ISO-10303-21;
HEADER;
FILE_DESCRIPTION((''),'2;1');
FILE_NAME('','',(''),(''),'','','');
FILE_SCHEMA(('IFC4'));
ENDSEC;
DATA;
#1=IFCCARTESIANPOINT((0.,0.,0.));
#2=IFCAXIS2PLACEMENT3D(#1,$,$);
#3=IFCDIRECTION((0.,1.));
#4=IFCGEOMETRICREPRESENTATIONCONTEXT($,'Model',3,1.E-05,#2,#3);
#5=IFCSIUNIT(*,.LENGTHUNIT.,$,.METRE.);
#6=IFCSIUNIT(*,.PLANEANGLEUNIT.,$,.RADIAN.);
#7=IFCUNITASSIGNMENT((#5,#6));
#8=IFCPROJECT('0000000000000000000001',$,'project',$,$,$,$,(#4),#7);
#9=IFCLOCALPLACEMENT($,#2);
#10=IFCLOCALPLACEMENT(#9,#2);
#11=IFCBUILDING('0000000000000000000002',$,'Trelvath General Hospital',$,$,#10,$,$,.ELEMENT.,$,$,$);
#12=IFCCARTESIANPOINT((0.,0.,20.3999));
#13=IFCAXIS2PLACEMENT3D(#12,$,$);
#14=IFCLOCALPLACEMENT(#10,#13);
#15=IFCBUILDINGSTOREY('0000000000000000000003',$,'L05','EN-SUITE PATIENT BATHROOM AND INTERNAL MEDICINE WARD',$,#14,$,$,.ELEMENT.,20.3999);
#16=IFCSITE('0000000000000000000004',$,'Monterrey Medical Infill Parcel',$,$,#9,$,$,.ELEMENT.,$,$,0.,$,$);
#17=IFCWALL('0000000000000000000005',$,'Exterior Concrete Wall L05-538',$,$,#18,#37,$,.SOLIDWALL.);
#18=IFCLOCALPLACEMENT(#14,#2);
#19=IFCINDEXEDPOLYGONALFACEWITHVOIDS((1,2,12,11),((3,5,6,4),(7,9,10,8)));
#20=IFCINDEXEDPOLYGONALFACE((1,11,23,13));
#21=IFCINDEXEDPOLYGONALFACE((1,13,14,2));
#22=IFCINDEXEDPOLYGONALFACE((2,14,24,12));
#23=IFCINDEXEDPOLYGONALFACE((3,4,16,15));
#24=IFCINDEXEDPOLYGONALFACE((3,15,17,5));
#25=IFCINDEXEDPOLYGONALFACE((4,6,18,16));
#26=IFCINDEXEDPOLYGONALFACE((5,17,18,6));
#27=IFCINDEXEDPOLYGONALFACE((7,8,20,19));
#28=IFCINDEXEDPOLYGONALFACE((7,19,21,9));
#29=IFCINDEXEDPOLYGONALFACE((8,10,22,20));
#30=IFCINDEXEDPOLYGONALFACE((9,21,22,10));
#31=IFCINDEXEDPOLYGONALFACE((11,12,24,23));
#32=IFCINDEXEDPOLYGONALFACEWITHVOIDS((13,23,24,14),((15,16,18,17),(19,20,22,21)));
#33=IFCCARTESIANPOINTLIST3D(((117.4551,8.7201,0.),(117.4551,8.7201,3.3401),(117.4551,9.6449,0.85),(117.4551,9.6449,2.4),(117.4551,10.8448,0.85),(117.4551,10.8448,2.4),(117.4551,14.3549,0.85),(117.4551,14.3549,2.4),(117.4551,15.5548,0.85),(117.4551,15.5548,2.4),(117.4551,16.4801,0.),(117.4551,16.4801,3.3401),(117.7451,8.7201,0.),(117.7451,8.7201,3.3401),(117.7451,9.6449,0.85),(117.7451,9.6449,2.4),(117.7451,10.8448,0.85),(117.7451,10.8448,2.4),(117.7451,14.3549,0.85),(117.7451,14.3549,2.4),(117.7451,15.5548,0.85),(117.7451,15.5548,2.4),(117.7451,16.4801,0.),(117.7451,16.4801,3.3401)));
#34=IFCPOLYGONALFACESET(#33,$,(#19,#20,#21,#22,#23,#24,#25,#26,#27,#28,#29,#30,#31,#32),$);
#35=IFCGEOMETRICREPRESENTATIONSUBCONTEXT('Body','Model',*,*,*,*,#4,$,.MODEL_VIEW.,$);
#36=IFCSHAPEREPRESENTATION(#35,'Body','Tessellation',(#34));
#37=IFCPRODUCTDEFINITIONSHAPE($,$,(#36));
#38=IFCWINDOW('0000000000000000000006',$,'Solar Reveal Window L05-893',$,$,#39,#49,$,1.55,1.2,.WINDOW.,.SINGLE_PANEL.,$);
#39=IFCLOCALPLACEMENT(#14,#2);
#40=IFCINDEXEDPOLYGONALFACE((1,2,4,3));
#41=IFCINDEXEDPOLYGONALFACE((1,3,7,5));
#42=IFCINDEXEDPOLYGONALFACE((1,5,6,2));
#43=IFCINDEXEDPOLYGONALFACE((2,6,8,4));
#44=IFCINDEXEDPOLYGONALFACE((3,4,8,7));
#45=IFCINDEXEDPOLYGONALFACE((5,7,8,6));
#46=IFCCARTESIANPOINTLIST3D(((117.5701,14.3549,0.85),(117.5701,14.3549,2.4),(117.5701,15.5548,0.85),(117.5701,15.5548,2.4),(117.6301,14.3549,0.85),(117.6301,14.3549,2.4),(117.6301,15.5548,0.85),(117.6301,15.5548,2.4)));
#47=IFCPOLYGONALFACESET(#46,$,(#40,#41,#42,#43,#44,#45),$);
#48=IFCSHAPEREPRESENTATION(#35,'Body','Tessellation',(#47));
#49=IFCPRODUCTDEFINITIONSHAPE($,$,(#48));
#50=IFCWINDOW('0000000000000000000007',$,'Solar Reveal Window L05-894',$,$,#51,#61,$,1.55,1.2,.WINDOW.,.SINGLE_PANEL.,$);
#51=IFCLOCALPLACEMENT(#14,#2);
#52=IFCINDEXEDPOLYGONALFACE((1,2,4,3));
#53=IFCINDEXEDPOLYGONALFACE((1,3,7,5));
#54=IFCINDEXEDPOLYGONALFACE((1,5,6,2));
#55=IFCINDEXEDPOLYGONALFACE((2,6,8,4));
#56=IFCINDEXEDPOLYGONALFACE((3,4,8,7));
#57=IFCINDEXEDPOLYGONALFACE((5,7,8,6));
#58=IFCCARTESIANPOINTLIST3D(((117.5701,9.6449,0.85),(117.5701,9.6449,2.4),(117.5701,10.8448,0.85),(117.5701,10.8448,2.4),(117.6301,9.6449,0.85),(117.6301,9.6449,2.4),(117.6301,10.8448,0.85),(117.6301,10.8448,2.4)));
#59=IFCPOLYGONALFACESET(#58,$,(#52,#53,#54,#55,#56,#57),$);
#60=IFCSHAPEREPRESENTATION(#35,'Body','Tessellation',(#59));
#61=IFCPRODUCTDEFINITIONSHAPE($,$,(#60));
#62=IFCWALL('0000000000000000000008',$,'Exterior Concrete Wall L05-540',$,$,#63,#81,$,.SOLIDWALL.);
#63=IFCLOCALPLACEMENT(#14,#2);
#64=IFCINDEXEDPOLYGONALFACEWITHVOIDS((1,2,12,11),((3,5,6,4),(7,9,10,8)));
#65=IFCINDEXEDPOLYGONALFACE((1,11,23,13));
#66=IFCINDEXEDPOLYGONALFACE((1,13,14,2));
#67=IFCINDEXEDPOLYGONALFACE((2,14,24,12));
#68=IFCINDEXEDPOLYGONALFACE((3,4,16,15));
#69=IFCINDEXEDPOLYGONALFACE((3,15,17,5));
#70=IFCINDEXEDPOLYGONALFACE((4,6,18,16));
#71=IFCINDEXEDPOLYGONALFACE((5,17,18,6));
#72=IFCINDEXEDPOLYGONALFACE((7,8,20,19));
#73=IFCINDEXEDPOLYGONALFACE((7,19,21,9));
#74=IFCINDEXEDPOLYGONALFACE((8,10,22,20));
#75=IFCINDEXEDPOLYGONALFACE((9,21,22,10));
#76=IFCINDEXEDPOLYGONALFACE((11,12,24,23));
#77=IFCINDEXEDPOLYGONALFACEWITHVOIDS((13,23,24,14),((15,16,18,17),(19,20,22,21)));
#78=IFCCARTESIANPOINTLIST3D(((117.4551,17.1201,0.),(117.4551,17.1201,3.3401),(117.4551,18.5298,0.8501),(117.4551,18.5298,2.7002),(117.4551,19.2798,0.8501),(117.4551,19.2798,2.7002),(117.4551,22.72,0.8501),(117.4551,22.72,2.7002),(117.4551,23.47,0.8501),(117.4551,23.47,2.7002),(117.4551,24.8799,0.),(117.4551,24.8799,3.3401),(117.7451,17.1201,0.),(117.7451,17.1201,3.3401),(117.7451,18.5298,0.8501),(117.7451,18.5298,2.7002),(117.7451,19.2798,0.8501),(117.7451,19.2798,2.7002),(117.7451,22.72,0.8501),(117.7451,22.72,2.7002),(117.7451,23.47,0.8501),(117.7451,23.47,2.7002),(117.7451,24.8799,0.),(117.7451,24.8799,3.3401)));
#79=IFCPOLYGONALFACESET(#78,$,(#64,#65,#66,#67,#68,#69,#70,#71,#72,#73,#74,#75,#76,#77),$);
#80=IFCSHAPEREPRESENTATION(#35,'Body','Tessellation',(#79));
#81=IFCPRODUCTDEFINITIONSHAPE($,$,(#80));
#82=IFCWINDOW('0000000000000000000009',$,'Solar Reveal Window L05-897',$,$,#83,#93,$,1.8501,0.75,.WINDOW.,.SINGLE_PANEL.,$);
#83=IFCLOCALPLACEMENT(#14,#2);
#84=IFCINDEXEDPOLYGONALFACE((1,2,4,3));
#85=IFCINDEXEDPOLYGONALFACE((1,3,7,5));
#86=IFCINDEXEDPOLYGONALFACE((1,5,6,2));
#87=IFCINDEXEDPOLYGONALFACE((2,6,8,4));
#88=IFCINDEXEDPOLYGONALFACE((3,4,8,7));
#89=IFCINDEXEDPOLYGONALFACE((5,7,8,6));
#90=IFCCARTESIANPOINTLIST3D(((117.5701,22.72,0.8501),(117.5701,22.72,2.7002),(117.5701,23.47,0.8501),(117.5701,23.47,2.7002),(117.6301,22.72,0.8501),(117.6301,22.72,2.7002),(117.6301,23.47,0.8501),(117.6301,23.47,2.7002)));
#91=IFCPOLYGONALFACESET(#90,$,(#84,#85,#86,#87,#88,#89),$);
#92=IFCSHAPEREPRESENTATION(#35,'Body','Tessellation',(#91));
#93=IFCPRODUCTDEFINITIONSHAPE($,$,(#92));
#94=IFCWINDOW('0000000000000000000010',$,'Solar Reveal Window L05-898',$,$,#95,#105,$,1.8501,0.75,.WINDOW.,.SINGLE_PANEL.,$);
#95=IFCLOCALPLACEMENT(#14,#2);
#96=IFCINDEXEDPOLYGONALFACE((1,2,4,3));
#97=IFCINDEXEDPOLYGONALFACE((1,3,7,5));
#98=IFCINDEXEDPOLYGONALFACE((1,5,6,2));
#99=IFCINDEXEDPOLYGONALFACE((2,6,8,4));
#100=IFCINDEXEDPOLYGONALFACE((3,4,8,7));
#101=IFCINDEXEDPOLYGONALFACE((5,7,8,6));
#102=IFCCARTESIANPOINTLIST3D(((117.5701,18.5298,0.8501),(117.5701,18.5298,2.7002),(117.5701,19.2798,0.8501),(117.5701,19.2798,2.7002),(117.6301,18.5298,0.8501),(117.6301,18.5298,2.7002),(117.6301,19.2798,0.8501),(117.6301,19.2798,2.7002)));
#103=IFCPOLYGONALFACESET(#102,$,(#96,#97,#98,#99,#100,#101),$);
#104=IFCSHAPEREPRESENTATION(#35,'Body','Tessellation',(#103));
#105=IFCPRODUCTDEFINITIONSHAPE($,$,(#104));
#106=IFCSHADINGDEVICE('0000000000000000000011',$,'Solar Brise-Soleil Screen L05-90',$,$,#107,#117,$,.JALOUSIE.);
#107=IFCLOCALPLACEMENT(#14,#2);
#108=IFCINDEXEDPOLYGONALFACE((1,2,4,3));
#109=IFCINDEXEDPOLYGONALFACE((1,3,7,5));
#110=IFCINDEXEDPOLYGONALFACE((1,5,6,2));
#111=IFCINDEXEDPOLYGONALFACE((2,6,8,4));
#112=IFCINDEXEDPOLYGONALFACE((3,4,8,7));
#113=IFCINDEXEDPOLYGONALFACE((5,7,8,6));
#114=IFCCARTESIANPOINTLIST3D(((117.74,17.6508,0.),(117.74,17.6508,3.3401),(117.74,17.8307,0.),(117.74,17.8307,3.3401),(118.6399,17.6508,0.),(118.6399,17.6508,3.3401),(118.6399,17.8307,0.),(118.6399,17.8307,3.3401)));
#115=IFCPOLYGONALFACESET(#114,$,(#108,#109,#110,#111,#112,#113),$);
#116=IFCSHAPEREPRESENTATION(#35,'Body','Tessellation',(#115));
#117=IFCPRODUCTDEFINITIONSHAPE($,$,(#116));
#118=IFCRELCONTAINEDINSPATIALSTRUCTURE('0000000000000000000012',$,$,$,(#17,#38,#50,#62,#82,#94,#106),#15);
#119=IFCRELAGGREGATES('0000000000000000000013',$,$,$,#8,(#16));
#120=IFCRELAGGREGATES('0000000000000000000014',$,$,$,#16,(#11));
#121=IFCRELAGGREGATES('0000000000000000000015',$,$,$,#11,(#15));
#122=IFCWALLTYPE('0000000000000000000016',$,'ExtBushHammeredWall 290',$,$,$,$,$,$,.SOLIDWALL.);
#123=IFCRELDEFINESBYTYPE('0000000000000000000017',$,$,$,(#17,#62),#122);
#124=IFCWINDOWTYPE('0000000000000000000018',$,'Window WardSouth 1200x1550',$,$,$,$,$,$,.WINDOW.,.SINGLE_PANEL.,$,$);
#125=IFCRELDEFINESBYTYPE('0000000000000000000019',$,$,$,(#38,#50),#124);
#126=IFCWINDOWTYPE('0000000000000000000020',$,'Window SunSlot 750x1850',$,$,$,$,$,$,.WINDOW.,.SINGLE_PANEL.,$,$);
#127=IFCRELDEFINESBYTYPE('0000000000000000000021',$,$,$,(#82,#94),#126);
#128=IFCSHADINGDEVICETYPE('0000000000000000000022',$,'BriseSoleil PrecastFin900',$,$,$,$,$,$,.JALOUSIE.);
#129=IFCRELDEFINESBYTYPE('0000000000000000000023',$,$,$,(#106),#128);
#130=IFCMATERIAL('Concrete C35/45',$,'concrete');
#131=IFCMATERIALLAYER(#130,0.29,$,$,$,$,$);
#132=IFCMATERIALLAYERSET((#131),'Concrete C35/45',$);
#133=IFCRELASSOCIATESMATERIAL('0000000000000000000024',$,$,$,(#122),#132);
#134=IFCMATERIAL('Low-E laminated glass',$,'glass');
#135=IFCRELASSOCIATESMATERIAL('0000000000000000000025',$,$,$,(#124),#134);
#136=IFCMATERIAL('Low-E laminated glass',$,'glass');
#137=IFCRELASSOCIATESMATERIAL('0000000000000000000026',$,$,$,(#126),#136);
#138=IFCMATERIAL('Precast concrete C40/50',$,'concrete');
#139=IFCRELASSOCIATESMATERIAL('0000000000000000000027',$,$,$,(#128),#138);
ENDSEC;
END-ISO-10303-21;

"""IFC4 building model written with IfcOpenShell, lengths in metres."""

from ifc_helpers import new_model, si_unit, direction, frame, frame_2d, origin, origin_2d, place, context, subcontext, project, spatial, rectangle, extrude, material, layer, layer_set, type_object, element, fill, save


model = new_model("IFC4")

# Units and contexts
model_context = context("Model", 3, precision=1e-05, world=origin(), true_north=direction((0.0, 1.0)))
body_context = subcontext(model_context, "Body", "Model", "MODEL_VIEW")
ifc_project = project(units=[si_unit("LENGTHUNIT", "METRE"), si_unit("PLANEANGLEUNIT", "RADIAN")], contexts=[model_context])

# Site, building, storey
site_placement = place(None, origin())
site = spatial("IfcSite", under=ifc_project, at=site_placement, Name="Monterrey Medical Infill Parcel", CompositionType="ELEMENT", RefElevation=0.0)
building_placement = place(site_placement, origin())
building = spatial("IfcBuilding", under=site, at=building_placement, Name="Trelvath General Hospital", CompositionType="ELEMENT")
storey_placement = place(building_placement, frame((0.0, 0.0, 20.3999)))
storey = spatial("IfcBuildingStorey", under=building, at=storey_placement, Name="L05", Description="EN-SUITE PATIENT BATHROOM AND INTERNAL MEDICINE WARD", CompositionType="ELEMENT", Elevation=20.3999)

# Walls, openings, windows
ifc_material_1 = material(Name="Concrete C35/45", Category="concrete")
ifc_layer_1 = layer(ifc_material_1, 0.29)
ifc_layer_set_1 = layer_set([ifc_layer_1], Name="Concrete C35/45")
wall_type_1 = type_object("IfcWallType", Name="ExtBushHammeredWall 290", PredefinedType="SOLIDWALL", material=ifc_layer_set_1)
wall_1_placement = place(storey_placement, frame((117.6001, 16.48, 0.0), z_axis=(0.0, 0.0, 1.0), x_axis=(0.0, -1.0, 0.0)))
wall_1 = element("IfcWall", 1, at=wall_1_placement, inside=storey, type_object=wall_type_1, Name="Exterior Concrete Wall L05-538", PredefinedType="SOLIDWALL", context=body_context, shape_type="SweptSolid", body=[
    extrude(rectangle(XDim=7.76, YDim=0.29, at=frame_2d((3.8799, 0.0))), origin(), (0.0, 0.0, 1.0), 3.3401),
])
opening_1_placement = place(wall_1_placement, frame((0.925, 0.0, 0.8501)))
opening_1 = element("IfcOpeningElement", 2, at=opening_1_placement, cuts=wall_1, PredefinedType="OPENING", context=body_context, shape_type="SweptSolid", body=[
    extrude(rectangle(XDim=1.2, YDim=1.55, at=frame_2d((0.6001, 0.7749))), frame((0.0, 0.155, 0.0), z_axis=(0.0, -1.0, 0.0), x_axis=(1.0, 0.0, 0.0)), (0.0, 0.0, 1.0), 0.3101),
])
opening_2_placement = place(wall_1_placement, frame((5.635, 0.0, 0.8501)))
opening_2 = element("IfcOpeningElement", 3, at=opening_2_placement, cuts=wall_1, PredefinedType="OPENING", context=body_context, shape_type="SweptSolid", body=[
    extrude(rectangle(XDim=1.2, YDim=1.55, at=frame_2d((0.6001, 0.7749))), frame((0.0, 0.155, 0.0), z_axis=(0.0, -1.0, 0.0), x_axis=(1.0, 0.0, 0.0)), (0.0, 0.0, 1.0), 0.3101),
])
ifc_material_2 = material(Name="Low-E laminated glass", Category="glass")
window_type_1 = type_object("IfcWindowType", Name="Window WardSouth 1200x1550", PartitioningType="SINGLE_PANEL", PredefinedType="WINDOW", material=ifc_material_2)
window_1_placement = place(opening_1_placement, origin())
window_1 = element("IfcWindow", 4, at=window_1_placement, inside=storey, type_object=window_type_1, Name="Solar Reveal Window L05-893", OverallHeight=1.55, OverallWidth=1.2, PartitioningType="SINGLE_PANEL", PredefinedType="WINDOW", context=body_context, shape_type="SweptSolid", body=[
    extrude(rectangle(XDim=1.2, YDim=1.55, at=frame_2d((0.6001, 0.7749))), frame((0.0, 0.03, 0.0), z_axis=(0.0, -1.0, 0.0), x_axis=(1.0, 0.0, 0.0)), (0.0, 0.0, 1.0), 0.0601),
])
fill(opening_1, window_1)
window_2_placement = place(opening_2_placement, origin())
window_2 = element("IfcWindow", 5, at=window_2_placement, inside=storey, type_object=window_type_1, Name="Solar Reveal Window L05-894", OverallHeight=1.55, OverallWidth=1.2, PartitioningType="SINGLE_PANEL", PredefinedType="WINDOW", context=body_context, shape_type="SweptSolid", body=[
    extrude(rectangle(XDim=1.2, YDim=1.55, at=frame_2d((0.6001, 0.7749))), frame((0.0, 0.03, 0.0), z_axis=(0.0, -1.0, 0.0), x_axis=(1.0, 0.0, 0.0)), (0.0, 0.0, 1.0), 0.0601),
])
fill(opening_2, window_2)
wall_2_placement = place(storey_placement, frame((117.6001, 24.8799, 0.0), z_axis=(0.0, 0.0, 1.0), x_axis=(0.0, -1.0, 0.0)))
wall_2 = element("IfcWall", 6, at=wall_2_placement, inside=storey, type_object=wall_type_1, Name="Exterior Concrete Wall L05-540", PredefinedType="SOLIDWALL", context=body_context, shape_type="SweptSolid", body=[
    extrude(rectangle(XDim=7.7598, YDim=0.29, at=frame_2d((3.8799, 0.0))), origin(), (0.0, 0.0, 1.0), 3.3401),
])
opening_3_placement = place(wall_2_placement, frame((1.4099, 0.0, 0.8501)))
opening_3 = element("IfcOpeningElement", 7, at=opening_3_placement, cuts=wall_2, PredefinedType="OPENING", context=body_context, shape_type="SweptSolid", body=[
    extrude(rectangle(XDim=0.75, YDim=1.8501, at=frame_2d((0.375, 0.925))), frame((0.0, 0.155, 0.0), z_axis=(0.0, -1.0, 0.0), x_axis=(1.0, 0.0, 0.0)), (0.0, 0.0, 1.0), 0.3101),
])
opening_4_placement = place(wall_2_placement, frame((5.6001, 0.0, 0.8501)))
opening_4 = element("IfcOpeningElement", 8, at=opening_4_placement, cuts=wall_2, PredefinedType="OPENING", context=body_context, shape_type="SweptSolid", body=[
    extrude(rectangle(XDim=0.75, YDim=1.8501, at=frame_2d((0.375, 0.925))), frame((0.0, 0.155, 0.0), z_axis=(0.0, -1.0, 0.0), x_axis=(1.0, 0.0, 0.0)), (0.0, 0.0, 1.0), 0.3101),
])
ifc_material_3 = material(Name="Low-E laminated glass", Category="glass")
window_type_2 = type_object("IfcWindowType", Name="Window SunSlot 750x1850", PartitioningType="SINGLE_PANEL", PredefinedType="WINDOW", material=ifc_material_3)
window_3_placement = place(opening_3_placement, origin())
window_3 = element("IfcWindow", 9, at=window_3_placement, inside=storey, type_object=window_type_2, Name="Solar Reveal Window L05-897", OverallHeight=1.8501, OverallWidth=0.75, PartitioningType="SINGLE_PANEL", PredefinedType="WINDOW", context=body_context, shape_type="SweptSolid", body=[
    extrude(rectangle(XDim=0.75, YDim=1.8501, at=frame_2d((0.375, 0.925))), frame((0.0, 0.03, 0.0), z_axis=(0.0, -1.0, 0.0), x_axis=(1.0, 0.0, 0.0)), (0.0, 0.0, 1.0), 0.0601),
])
fill(opening_3, window_3)
window_4_placement = place(opening_4_placement, origin())
window_4 = element("IfcWindow", 10, at=window_4_placement, inside=storey, type_object=window_type_2, Name="Solar Reveal Window L05-898", OverallHeight=1.8501, OverallWidth=0.75, PartitioningType="SINGLE_PANEL", PredefinedType="WINDOW", context=body_context, shape_type="SweptSolid", body=[
    extrude(rectangle(XDim=0.75, YDim=1.8501, at=frame_2d((0.375, 0.925))), frame((0.0, 0.03, 0.0), z_axis=(0.0, -1.0, 0.0), x_axis=(1.0, 0.0, 0.0)), (0.0, 0.0, 1.0), 0.0601),
])
fill(opening_4, window_4)

# Shading device
ifc_material_4 = material(Name="Precast concrete C40/50", Category="concrete")
shading_device_type = type_object("IfcShadingDeviceType", Name="BriseSoleil PrecastFin900", PredefinedType="JALOUSIE", material=ifc_material_4)
shading_device_placement = place(storey_placement, frame((118.1899, 17.7407, 0.0), z_axis=(0.0, 0.0, 1.0), x_axis=(1.0, 0.0, 0.0)))
element("IfcShadingDevice", 11, at=shading_device_placement, inside=storey, type_object=shading_device_type, Name="Solar Brise-Soleil Screen L05-90", PredefinedType="JALOUSIE", context=body_context, shape_type="SweptSolid", body=[
    extrude(rectangle(XDim=0.8999, YDim=0.1799, at=origin_2d()), origin(), (0.0, 0.0, 1.0), 3.3401),
])

save(model, "model.ifc")
